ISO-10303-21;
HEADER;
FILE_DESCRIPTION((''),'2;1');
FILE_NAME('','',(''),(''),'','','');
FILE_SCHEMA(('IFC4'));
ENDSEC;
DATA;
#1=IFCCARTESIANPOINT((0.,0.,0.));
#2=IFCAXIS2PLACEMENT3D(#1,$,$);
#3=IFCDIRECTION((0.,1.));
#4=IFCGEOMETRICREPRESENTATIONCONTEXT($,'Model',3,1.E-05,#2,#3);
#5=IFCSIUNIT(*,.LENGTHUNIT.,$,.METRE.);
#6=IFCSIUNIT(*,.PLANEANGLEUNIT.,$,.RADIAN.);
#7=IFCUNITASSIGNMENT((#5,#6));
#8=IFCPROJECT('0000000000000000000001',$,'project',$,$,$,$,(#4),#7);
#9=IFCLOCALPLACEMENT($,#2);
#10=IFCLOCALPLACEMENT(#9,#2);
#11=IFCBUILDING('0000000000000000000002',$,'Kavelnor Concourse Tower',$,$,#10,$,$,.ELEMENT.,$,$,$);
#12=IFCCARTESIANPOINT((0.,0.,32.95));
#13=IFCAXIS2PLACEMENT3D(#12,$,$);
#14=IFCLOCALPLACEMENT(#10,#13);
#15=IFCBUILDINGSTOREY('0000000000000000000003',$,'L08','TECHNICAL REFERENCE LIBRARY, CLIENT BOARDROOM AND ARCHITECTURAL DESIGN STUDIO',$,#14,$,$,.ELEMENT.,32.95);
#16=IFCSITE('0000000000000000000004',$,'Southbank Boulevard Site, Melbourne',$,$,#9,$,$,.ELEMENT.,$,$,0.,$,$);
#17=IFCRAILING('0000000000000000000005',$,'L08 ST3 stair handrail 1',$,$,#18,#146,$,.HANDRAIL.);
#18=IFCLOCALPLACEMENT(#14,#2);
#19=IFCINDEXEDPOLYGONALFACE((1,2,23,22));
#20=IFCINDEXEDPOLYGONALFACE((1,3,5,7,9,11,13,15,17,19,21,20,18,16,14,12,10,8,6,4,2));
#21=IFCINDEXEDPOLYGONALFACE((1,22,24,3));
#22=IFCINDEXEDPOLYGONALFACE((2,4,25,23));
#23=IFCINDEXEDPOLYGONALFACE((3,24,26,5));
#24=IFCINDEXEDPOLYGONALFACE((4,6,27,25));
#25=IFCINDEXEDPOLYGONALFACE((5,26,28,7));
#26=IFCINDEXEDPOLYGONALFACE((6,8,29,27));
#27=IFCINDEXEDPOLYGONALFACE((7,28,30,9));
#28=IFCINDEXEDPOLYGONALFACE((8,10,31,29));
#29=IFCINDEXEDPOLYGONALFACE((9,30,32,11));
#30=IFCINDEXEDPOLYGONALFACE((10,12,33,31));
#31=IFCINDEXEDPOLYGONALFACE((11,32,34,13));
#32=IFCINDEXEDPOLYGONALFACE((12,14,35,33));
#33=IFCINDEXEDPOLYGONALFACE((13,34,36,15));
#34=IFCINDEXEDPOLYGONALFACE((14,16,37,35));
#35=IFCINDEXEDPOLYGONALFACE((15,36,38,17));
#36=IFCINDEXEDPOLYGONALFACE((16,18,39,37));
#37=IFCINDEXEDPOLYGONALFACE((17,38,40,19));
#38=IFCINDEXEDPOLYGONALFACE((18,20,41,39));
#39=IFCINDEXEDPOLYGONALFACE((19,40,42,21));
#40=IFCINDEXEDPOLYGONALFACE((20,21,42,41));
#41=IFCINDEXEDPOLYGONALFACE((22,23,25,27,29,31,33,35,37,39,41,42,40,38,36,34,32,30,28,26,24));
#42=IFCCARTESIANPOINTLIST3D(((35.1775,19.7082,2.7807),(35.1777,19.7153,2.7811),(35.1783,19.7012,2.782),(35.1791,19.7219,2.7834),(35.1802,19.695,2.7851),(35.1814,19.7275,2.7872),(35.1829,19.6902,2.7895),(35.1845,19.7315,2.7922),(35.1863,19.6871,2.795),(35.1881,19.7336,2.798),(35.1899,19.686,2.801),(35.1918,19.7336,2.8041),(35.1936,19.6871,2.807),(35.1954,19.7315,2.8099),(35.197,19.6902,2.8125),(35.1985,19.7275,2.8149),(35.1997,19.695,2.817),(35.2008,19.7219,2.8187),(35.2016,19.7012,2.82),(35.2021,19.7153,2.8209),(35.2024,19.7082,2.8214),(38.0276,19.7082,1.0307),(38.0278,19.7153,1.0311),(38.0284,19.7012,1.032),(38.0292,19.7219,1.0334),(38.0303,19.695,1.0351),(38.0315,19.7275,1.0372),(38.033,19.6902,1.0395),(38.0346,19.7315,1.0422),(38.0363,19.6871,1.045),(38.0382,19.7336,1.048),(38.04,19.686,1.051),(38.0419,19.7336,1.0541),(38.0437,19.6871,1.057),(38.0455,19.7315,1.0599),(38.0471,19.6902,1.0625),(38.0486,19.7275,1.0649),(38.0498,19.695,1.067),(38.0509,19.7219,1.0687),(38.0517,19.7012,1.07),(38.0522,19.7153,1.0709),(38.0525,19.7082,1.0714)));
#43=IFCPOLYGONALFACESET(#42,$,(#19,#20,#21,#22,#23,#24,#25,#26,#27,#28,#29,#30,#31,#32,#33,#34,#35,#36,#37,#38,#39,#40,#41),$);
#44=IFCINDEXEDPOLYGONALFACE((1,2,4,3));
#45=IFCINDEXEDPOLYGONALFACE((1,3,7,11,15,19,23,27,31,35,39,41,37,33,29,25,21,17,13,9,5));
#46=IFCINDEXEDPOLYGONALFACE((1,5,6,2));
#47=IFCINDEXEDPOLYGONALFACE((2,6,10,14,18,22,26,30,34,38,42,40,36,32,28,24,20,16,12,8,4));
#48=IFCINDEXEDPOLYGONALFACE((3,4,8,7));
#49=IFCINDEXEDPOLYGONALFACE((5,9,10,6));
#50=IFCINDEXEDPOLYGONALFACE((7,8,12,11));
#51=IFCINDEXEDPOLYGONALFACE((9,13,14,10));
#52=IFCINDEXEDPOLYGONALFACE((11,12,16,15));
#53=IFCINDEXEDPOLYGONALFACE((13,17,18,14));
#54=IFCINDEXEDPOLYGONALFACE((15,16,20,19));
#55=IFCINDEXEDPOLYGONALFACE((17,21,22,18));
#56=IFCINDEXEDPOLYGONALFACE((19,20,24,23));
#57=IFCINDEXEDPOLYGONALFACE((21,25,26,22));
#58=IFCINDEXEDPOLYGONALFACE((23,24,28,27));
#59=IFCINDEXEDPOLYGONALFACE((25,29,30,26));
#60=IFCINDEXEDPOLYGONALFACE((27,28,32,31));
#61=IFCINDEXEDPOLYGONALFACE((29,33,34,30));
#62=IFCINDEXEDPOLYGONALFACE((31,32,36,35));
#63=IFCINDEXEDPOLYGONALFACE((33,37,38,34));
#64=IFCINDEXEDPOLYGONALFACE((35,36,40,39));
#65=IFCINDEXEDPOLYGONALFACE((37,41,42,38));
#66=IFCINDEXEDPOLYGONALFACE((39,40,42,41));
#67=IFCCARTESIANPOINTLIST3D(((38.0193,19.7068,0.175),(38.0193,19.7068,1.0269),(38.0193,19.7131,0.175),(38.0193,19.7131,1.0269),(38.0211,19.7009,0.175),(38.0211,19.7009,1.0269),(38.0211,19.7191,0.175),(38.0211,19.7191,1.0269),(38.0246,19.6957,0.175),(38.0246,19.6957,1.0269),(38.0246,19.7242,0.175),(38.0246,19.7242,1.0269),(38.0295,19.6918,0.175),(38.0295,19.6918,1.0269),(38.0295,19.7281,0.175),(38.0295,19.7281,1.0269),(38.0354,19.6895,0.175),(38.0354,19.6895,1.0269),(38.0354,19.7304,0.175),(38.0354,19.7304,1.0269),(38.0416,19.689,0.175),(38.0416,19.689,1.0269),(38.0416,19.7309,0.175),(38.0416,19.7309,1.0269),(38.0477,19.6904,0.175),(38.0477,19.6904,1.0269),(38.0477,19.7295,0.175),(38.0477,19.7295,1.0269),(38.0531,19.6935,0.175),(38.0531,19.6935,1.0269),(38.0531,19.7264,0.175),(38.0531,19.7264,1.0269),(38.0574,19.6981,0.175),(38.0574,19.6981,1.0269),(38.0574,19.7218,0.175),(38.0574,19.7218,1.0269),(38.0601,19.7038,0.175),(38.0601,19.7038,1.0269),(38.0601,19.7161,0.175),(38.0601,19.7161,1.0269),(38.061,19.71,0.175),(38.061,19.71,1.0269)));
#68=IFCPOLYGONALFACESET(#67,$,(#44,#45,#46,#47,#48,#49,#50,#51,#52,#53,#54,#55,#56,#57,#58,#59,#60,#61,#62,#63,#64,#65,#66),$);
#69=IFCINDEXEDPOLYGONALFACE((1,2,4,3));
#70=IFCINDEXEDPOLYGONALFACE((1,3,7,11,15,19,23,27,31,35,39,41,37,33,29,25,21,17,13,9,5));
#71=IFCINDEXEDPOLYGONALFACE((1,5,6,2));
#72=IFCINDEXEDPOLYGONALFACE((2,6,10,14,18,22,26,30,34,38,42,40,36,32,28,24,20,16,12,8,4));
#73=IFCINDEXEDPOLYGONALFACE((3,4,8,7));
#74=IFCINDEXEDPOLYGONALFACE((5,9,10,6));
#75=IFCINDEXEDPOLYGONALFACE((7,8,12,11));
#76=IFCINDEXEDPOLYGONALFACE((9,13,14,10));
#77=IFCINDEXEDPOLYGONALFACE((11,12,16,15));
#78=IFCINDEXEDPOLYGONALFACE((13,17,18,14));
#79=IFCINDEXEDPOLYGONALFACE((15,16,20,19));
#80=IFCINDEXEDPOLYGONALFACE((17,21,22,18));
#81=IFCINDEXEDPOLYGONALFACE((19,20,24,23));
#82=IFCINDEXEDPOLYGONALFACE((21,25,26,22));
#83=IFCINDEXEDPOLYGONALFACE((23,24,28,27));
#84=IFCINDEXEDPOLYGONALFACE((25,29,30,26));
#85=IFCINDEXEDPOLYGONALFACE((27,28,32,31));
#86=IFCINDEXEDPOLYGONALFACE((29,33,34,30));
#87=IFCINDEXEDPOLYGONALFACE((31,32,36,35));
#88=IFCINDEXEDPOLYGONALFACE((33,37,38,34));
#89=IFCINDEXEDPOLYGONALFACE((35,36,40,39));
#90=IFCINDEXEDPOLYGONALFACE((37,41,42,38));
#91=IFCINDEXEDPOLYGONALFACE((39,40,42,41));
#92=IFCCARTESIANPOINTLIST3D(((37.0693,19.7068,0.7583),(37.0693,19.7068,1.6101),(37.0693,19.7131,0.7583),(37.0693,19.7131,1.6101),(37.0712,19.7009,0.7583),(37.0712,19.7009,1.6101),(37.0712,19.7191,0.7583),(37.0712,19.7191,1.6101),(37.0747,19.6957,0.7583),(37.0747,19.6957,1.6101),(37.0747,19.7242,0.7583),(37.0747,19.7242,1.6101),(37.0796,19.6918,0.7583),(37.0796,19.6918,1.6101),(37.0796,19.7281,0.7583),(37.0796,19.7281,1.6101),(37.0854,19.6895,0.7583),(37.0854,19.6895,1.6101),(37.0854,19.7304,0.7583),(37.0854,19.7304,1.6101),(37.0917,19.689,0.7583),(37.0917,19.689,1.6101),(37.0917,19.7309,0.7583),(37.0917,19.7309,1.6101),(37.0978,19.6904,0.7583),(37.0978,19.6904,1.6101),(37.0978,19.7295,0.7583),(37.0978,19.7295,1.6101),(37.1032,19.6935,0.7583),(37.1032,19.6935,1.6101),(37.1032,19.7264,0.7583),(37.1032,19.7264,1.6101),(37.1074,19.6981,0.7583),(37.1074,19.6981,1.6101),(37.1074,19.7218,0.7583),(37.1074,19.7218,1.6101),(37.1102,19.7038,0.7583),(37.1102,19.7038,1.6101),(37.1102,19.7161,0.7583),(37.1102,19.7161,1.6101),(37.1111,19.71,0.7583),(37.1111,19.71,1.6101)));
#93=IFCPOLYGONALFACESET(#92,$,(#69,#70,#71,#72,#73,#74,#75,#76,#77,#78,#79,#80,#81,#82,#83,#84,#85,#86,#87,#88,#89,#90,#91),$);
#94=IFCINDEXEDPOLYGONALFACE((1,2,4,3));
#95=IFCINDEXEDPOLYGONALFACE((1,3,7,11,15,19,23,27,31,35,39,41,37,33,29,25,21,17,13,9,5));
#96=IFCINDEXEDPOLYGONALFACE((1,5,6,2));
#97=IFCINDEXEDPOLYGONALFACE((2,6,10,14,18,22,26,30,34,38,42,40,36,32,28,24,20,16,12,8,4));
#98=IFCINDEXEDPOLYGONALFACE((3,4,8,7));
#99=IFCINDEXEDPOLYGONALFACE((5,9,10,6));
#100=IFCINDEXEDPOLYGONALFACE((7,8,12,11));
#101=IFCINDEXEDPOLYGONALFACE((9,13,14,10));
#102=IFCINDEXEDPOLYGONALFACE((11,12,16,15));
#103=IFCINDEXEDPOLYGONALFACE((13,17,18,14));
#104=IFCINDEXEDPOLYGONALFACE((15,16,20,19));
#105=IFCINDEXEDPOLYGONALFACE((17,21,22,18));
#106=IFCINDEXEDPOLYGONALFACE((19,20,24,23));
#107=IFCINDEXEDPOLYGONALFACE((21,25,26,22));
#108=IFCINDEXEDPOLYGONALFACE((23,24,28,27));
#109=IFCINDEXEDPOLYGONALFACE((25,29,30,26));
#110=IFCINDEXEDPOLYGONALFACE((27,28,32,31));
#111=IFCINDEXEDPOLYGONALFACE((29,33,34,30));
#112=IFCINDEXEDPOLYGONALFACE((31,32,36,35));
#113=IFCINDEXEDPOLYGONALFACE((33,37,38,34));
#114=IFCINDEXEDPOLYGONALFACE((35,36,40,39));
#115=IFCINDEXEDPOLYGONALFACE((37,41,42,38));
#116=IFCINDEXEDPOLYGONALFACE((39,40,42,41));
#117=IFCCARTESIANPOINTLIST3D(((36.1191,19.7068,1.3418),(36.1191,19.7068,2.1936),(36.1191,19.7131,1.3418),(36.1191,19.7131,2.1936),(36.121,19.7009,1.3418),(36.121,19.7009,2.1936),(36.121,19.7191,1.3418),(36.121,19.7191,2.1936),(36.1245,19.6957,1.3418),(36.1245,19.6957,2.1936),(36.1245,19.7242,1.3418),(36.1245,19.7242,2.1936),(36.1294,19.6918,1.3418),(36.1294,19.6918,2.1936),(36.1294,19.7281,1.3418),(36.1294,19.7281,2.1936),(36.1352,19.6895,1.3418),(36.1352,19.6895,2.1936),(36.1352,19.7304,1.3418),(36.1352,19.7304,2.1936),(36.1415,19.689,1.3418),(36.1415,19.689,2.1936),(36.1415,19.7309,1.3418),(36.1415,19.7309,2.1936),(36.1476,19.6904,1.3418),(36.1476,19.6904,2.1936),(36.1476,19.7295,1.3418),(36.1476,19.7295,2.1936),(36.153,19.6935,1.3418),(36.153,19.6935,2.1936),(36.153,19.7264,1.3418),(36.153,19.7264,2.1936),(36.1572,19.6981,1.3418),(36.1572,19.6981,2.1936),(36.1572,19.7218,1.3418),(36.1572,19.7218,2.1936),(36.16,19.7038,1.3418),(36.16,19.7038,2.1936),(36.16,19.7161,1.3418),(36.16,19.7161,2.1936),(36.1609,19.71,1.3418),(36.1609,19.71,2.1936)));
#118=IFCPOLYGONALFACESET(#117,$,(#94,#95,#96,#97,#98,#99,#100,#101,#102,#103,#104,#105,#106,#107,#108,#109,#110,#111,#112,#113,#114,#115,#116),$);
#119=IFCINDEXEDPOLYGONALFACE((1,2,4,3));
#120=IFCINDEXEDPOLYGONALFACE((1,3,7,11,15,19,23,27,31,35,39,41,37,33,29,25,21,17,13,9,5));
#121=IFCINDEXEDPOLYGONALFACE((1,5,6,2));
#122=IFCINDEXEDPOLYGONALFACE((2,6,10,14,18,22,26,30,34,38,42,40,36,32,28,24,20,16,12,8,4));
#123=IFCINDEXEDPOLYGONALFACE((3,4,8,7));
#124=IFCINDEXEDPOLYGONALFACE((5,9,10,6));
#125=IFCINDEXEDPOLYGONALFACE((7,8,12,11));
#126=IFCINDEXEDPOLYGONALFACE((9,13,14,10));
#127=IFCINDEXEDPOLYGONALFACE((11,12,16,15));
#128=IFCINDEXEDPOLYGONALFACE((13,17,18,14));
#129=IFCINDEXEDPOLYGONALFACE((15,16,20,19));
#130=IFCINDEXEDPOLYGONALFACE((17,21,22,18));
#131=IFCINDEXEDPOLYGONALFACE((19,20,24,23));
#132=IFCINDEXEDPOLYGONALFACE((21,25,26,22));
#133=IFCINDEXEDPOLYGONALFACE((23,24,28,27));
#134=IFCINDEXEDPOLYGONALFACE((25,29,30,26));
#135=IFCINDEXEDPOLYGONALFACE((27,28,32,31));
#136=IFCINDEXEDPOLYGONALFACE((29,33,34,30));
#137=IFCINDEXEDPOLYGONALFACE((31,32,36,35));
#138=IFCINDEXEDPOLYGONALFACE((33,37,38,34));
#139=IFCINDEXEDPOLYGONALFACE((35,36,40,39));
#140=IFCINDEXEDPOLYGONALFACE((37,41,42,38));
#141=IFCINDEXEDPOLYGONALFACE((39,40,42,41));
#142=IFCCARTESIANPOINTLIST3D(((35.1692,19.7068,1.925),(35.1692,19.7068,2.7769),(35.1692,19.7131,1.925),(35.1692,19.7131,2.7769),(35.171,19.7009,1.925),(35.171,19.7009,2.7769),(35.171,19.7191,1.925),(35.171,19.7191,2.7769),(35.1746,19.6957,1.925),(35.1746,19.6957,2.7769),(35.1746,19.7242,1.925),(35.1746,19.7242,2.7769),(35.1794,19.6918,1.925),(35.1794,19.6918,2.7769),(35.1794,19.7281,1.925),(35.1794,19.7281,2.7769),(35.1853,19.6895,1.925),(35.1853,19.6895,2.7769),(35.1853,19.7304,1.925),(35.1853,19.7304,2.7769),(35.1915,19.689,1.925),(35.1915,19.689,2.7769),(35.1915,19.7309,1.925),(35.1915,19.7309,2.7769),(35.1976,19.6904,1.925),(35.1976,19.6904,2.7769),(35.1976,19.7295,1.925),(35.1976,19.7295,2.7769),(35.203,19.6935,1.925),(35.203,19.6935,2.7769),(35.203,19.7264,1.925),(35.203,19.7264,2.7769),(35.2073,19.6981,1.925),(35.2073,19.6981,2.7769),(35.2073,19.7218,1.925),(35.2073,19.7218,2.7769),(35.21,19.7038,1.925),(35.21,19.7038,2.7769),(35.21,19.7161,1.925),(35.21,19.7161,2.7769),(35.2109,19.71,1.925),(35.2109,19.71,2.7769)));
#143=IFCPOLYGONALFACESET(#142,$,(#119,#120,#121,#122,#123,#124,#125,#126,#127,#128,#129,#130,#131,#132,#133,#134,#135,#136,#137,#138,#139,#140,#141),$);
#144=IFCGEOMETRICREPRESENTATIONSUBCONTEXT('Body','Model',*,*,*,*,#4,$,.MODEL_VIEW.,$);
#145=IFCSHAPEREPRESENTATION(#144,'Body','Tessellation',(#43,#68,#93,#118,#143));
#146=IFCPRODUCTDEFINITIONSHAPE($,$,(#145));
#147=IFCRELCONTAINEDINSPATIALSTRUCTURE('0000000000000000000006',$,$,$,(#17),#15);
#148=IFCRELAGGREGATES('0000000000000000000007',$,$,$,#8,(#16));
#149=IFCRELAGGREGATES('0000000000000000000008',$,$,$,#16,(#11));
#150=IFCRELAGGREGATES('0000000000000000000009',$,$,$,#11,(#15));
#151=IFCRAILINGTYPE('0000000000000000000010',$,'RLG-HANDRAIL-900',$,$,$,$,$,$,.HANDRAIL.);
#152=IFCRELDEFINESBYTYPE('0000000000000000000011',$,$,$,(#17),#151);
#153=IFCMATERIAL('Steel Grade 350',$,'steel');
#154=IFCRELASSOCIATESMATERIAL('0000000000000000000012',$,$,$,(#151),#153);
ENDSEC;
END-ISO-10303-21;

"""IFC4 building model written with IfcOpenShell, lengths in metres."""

from ifc_helpers import new_model, si_unit, direction, frame, origin, origin_2d, place, context, subcontext, project, spatial, circle, extrude, material, type_object, element, save


model = new_model("IFC4")

# Units and contexts
model_context = context("Model", 3, precision=1e-05, world=origin(), true_north=direction((0.0, 1.0)))
body_context = subcontext(model_context, "Body", "Model", "MODEL_VIEW")
ifc_project = project(units=[si_unit("LENGTHUNIT", "METRE"), si_unit("PLANEANGLEUNIT", "RADIAN")], contexts=[model_context])

# Site, building, storey
site_placement = place(None, origin())
site = spatial("IfcSite", under=ifc_project, at=site_placement, Name="Southbank Boulevard Site, Melbourne", CompositionType="ELEMENT", RefElevation=0.0)
building_placement = place(site_placement, origin())
building = spatial("IfcBuilding", under=site, at=building_placement, Name="Kavelnor Concourse Tower", CompositionType="ELEMENT")
storey_placement = place(building_placement, frame((0.0, 0.0, 32.95)))
storey = spatial("IfcBuildingStorey", under=building, at=storey_placement, Name="L08", Description="TECHNICAL REFERENCE LIBRARY, CLIENT BOARDROOM AND ARCHITECTURAL DESIGN STUDIO", CompositionType="ELEMENT", Elevation=32.95)

# Shared definitions
ifc_material_1 = material(Name="Steel Grade 350", Category="steel")

# Railing
railing_type_1 = type_object("IfcRailingType", Name="RLG-HANDRAIL-900", PredefinedType="HANDRAIL", material=ifc_material_1)
railing_1_placement = place(storey_placement, frame((38.04, 19.71, 0.175)))
element("IfcRailing", 1, at=railing_1_placement, inside=storey, type_object=railing_type_1, Name="L08 ST3 stair handrail 1", PredefinedType="HANDRAIL", context=body_context, shape_type="SweptSolid", body=[
    extrude(circle(Radius=0.0239, at=origin_2d()), frame((0.0, 0.0, 0.876), z_axis=(-0.852179, 0.0, 0.52325), x_axis=(0.0, -1.0, 0.0)), (0.0, 0.0, 1.0), 3.3445),
    extrude(circle(Radius=0.021, at=origin_2d()), origin(), (0.0, 0.0, 1.0), 0.8518),
    extrude(circle(Radius=0.021, at=origin_2d()), frame((-0.95, 0.0, 0.5833)), (0.0, 0.0, 1.0), 0.8518),
    extrude(circle(Radius=0.021, at=origin_2d()), frame((-1.9001, 0.0, 1.1667)), (0.0, 0.0, 1.0), 0.8518),
    extrude(circle(Radius=0.021, at=origin_2d()), frame((-2.8501, 0.0, 1.75)), (0.0, 0.0, 1.0), 0.8518),
])

save(model, "model.ifc")
